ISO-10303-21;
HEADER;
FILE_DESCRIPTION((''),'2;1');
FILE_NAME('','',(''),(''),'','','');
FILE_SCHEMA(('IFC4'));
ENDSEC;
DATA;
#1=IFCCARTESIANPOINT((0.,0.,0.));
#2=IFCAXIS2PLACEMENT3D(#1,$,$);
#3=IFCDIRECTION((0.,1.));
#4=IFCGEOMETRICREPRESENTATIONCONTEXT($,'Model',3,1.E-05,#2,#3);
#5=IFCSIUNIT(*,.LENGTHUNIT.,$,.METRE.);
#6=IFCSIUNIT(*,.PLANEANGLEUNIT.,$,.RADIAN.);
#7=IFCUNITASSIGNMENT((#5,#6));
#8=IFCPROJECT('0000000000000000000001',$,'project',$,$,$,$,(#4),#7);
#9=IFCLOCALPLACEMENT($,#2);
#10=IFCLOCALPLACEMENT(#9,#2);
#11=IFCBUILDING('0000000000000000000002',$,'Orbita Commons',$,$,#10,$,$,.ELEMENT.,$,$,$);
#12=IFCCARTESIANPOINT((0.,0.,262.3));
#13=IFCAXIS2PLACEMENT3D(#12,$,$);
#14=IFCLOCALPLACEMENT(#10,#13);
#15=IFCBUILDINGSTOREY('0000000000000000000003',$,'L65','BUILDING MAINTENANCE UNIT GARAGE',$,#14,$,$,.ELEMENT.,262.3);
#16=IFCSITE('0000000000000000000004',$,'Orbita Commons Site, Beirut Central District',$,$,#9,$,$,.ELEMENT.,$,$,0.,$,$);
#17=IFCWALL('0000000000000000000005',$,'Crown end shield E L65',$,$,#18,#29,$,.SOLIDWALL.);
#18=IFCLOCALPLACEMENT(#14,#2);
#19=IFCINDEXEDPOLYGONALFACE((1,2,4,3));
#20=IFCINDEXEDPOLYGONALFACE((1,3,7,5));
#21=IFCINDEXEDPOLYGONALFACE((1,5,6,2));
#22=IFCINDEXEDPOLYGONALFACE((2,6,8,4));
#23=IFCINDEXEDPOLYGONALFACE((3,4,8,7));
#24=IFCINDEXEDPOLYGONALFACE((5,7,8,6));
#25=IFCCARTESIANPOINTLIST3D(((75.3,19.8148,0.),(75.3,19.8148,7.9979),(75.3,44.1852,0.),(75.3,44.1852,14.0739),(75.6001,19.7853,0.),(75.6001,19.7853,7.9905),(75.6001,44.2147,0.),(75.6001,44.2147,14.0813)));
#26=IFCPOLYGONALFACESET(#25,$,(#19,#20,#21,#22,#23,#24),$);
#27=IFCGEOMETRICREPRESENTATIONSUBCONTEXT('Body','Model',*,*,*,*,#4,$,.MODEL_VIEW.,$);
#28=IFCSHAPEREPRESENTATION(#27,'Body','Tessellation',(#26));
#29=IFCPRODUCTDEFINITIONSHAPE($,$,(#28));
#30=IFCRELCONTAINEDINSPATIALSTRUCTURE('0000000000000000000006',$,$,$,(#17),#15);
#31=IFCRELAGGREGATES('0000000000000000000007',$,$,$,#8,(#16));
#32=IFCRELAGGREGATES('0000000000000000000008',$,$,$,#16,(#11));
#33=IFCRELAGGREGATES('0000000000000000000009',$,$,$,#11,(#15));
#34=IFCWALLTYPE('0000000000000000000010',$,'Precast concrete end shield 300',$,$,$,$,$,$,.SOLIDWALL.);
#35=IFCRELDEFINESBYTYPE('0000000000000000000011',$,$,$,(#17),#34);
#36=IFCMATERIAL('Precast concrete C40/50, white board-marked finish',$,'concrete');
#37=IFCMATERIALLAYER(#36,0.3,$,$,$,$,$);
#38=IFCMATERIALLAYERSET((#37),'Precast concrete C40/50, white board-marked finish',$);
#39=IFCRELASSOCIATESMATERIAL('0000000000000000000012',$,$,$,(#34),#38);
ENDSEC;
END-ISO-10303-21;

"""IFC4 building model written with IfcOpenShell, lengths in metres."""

from ifc_helpers import new_model, si_unit, direction, frame, origin, place, context, subcontext, project, spatial, polyline, outline, extrude, clip, halfspace, material, layer, layer_set, type_object, element, save


model = new_model("IFC4")

# Units and contexts
model_context = context("Model", 3, precision=1e-05, world=origin(), true_north=direction((0.0, 1.0)))
body_context = subcontext(model_context, "Body", "Model", "MODEL_VIEW")
ifc_project = project(units=[si_unit("LENGTHUNIT", "METRE"), si_unit("PLANEANGLEUNIT", "RADIAN")], contexts=[model_context])

# Site, building, storey
site_placement = place(None, origin())
site = spatial("IfcSite", under=ifc_project, at=site_placement, Name="Orbita Commons Site, Beirut Central District", CompositionType="ELEMENT", RefElevation=0.0)
building_placement = place(site_placement, origin())
building = spatial("IfcBuilding", under=site, at=building_placement, Name="Orbita Commons", CompositionType="ELEMENT")
storey_placement = place(building_placement, frame((0.0, 0.0, 262.3)))
storey = spatial("IfcBuildingStorey", under=building, at=storey_placement, Name="L65", Description="BUILDING MAINTENANCE UNIT GARAGE", CompositionType="ELEMENT", Elevation=262.3)

# Wall
ifc_material_1 = material(Name="Precast concrete C40/50, white board-marked finish", Category="concrete")
ifc_layer_1 = layer(ifc_material_1, 0.3)
ifc_layer_set_1 = layer_set([ifc_layer_1], Name="Precast concrete C40/50, white board-marked finish")
wall_type_1 = type_object("IfcWallType", Name="Precast concrete end shield 300", PredefinedType="SOLIDWALL", material=ifc_layer_set_1)
wall_1_placement = place(storey_placement, frame((75.45, 19.8, 0.0), z_axis=(0.0, 0.0, 1.0), x_axis=(0.0, 1.0, 0.0)))
element("IfcWall", 1, at=wall_1_placement, inside=storey, type_object=wall_type_1, Name="Crown end shield E L65", PredefinedType="SOLIDWALL", context=body_context, shape_type="Clipping", body=[
    clip(clip(extrude(outline(polyline([(-0.0247, 0.0), (24.4246, 0.0), (24.4246, 14.0837), (-0.0247, 7.988), (-0.0247, 0.0)])), frame((0.0, 0.1499, 0.0), z_axis=(0.0, -1.0, 0.0), x_axis=(1.0, 0.0, 0.0)), (0.0, 0.0, 1.0), 0.3), halfspace(frame((0.0, 0.0, 0.0), z_axis=(-0.995185, 0.098017, 0.0)), False)), halfspace(frame((24.3999, 0.0, 0.0), z_axis=(0.995185, 0.098017, 0.0)), False)),
])

save(model, "model.ifc")
